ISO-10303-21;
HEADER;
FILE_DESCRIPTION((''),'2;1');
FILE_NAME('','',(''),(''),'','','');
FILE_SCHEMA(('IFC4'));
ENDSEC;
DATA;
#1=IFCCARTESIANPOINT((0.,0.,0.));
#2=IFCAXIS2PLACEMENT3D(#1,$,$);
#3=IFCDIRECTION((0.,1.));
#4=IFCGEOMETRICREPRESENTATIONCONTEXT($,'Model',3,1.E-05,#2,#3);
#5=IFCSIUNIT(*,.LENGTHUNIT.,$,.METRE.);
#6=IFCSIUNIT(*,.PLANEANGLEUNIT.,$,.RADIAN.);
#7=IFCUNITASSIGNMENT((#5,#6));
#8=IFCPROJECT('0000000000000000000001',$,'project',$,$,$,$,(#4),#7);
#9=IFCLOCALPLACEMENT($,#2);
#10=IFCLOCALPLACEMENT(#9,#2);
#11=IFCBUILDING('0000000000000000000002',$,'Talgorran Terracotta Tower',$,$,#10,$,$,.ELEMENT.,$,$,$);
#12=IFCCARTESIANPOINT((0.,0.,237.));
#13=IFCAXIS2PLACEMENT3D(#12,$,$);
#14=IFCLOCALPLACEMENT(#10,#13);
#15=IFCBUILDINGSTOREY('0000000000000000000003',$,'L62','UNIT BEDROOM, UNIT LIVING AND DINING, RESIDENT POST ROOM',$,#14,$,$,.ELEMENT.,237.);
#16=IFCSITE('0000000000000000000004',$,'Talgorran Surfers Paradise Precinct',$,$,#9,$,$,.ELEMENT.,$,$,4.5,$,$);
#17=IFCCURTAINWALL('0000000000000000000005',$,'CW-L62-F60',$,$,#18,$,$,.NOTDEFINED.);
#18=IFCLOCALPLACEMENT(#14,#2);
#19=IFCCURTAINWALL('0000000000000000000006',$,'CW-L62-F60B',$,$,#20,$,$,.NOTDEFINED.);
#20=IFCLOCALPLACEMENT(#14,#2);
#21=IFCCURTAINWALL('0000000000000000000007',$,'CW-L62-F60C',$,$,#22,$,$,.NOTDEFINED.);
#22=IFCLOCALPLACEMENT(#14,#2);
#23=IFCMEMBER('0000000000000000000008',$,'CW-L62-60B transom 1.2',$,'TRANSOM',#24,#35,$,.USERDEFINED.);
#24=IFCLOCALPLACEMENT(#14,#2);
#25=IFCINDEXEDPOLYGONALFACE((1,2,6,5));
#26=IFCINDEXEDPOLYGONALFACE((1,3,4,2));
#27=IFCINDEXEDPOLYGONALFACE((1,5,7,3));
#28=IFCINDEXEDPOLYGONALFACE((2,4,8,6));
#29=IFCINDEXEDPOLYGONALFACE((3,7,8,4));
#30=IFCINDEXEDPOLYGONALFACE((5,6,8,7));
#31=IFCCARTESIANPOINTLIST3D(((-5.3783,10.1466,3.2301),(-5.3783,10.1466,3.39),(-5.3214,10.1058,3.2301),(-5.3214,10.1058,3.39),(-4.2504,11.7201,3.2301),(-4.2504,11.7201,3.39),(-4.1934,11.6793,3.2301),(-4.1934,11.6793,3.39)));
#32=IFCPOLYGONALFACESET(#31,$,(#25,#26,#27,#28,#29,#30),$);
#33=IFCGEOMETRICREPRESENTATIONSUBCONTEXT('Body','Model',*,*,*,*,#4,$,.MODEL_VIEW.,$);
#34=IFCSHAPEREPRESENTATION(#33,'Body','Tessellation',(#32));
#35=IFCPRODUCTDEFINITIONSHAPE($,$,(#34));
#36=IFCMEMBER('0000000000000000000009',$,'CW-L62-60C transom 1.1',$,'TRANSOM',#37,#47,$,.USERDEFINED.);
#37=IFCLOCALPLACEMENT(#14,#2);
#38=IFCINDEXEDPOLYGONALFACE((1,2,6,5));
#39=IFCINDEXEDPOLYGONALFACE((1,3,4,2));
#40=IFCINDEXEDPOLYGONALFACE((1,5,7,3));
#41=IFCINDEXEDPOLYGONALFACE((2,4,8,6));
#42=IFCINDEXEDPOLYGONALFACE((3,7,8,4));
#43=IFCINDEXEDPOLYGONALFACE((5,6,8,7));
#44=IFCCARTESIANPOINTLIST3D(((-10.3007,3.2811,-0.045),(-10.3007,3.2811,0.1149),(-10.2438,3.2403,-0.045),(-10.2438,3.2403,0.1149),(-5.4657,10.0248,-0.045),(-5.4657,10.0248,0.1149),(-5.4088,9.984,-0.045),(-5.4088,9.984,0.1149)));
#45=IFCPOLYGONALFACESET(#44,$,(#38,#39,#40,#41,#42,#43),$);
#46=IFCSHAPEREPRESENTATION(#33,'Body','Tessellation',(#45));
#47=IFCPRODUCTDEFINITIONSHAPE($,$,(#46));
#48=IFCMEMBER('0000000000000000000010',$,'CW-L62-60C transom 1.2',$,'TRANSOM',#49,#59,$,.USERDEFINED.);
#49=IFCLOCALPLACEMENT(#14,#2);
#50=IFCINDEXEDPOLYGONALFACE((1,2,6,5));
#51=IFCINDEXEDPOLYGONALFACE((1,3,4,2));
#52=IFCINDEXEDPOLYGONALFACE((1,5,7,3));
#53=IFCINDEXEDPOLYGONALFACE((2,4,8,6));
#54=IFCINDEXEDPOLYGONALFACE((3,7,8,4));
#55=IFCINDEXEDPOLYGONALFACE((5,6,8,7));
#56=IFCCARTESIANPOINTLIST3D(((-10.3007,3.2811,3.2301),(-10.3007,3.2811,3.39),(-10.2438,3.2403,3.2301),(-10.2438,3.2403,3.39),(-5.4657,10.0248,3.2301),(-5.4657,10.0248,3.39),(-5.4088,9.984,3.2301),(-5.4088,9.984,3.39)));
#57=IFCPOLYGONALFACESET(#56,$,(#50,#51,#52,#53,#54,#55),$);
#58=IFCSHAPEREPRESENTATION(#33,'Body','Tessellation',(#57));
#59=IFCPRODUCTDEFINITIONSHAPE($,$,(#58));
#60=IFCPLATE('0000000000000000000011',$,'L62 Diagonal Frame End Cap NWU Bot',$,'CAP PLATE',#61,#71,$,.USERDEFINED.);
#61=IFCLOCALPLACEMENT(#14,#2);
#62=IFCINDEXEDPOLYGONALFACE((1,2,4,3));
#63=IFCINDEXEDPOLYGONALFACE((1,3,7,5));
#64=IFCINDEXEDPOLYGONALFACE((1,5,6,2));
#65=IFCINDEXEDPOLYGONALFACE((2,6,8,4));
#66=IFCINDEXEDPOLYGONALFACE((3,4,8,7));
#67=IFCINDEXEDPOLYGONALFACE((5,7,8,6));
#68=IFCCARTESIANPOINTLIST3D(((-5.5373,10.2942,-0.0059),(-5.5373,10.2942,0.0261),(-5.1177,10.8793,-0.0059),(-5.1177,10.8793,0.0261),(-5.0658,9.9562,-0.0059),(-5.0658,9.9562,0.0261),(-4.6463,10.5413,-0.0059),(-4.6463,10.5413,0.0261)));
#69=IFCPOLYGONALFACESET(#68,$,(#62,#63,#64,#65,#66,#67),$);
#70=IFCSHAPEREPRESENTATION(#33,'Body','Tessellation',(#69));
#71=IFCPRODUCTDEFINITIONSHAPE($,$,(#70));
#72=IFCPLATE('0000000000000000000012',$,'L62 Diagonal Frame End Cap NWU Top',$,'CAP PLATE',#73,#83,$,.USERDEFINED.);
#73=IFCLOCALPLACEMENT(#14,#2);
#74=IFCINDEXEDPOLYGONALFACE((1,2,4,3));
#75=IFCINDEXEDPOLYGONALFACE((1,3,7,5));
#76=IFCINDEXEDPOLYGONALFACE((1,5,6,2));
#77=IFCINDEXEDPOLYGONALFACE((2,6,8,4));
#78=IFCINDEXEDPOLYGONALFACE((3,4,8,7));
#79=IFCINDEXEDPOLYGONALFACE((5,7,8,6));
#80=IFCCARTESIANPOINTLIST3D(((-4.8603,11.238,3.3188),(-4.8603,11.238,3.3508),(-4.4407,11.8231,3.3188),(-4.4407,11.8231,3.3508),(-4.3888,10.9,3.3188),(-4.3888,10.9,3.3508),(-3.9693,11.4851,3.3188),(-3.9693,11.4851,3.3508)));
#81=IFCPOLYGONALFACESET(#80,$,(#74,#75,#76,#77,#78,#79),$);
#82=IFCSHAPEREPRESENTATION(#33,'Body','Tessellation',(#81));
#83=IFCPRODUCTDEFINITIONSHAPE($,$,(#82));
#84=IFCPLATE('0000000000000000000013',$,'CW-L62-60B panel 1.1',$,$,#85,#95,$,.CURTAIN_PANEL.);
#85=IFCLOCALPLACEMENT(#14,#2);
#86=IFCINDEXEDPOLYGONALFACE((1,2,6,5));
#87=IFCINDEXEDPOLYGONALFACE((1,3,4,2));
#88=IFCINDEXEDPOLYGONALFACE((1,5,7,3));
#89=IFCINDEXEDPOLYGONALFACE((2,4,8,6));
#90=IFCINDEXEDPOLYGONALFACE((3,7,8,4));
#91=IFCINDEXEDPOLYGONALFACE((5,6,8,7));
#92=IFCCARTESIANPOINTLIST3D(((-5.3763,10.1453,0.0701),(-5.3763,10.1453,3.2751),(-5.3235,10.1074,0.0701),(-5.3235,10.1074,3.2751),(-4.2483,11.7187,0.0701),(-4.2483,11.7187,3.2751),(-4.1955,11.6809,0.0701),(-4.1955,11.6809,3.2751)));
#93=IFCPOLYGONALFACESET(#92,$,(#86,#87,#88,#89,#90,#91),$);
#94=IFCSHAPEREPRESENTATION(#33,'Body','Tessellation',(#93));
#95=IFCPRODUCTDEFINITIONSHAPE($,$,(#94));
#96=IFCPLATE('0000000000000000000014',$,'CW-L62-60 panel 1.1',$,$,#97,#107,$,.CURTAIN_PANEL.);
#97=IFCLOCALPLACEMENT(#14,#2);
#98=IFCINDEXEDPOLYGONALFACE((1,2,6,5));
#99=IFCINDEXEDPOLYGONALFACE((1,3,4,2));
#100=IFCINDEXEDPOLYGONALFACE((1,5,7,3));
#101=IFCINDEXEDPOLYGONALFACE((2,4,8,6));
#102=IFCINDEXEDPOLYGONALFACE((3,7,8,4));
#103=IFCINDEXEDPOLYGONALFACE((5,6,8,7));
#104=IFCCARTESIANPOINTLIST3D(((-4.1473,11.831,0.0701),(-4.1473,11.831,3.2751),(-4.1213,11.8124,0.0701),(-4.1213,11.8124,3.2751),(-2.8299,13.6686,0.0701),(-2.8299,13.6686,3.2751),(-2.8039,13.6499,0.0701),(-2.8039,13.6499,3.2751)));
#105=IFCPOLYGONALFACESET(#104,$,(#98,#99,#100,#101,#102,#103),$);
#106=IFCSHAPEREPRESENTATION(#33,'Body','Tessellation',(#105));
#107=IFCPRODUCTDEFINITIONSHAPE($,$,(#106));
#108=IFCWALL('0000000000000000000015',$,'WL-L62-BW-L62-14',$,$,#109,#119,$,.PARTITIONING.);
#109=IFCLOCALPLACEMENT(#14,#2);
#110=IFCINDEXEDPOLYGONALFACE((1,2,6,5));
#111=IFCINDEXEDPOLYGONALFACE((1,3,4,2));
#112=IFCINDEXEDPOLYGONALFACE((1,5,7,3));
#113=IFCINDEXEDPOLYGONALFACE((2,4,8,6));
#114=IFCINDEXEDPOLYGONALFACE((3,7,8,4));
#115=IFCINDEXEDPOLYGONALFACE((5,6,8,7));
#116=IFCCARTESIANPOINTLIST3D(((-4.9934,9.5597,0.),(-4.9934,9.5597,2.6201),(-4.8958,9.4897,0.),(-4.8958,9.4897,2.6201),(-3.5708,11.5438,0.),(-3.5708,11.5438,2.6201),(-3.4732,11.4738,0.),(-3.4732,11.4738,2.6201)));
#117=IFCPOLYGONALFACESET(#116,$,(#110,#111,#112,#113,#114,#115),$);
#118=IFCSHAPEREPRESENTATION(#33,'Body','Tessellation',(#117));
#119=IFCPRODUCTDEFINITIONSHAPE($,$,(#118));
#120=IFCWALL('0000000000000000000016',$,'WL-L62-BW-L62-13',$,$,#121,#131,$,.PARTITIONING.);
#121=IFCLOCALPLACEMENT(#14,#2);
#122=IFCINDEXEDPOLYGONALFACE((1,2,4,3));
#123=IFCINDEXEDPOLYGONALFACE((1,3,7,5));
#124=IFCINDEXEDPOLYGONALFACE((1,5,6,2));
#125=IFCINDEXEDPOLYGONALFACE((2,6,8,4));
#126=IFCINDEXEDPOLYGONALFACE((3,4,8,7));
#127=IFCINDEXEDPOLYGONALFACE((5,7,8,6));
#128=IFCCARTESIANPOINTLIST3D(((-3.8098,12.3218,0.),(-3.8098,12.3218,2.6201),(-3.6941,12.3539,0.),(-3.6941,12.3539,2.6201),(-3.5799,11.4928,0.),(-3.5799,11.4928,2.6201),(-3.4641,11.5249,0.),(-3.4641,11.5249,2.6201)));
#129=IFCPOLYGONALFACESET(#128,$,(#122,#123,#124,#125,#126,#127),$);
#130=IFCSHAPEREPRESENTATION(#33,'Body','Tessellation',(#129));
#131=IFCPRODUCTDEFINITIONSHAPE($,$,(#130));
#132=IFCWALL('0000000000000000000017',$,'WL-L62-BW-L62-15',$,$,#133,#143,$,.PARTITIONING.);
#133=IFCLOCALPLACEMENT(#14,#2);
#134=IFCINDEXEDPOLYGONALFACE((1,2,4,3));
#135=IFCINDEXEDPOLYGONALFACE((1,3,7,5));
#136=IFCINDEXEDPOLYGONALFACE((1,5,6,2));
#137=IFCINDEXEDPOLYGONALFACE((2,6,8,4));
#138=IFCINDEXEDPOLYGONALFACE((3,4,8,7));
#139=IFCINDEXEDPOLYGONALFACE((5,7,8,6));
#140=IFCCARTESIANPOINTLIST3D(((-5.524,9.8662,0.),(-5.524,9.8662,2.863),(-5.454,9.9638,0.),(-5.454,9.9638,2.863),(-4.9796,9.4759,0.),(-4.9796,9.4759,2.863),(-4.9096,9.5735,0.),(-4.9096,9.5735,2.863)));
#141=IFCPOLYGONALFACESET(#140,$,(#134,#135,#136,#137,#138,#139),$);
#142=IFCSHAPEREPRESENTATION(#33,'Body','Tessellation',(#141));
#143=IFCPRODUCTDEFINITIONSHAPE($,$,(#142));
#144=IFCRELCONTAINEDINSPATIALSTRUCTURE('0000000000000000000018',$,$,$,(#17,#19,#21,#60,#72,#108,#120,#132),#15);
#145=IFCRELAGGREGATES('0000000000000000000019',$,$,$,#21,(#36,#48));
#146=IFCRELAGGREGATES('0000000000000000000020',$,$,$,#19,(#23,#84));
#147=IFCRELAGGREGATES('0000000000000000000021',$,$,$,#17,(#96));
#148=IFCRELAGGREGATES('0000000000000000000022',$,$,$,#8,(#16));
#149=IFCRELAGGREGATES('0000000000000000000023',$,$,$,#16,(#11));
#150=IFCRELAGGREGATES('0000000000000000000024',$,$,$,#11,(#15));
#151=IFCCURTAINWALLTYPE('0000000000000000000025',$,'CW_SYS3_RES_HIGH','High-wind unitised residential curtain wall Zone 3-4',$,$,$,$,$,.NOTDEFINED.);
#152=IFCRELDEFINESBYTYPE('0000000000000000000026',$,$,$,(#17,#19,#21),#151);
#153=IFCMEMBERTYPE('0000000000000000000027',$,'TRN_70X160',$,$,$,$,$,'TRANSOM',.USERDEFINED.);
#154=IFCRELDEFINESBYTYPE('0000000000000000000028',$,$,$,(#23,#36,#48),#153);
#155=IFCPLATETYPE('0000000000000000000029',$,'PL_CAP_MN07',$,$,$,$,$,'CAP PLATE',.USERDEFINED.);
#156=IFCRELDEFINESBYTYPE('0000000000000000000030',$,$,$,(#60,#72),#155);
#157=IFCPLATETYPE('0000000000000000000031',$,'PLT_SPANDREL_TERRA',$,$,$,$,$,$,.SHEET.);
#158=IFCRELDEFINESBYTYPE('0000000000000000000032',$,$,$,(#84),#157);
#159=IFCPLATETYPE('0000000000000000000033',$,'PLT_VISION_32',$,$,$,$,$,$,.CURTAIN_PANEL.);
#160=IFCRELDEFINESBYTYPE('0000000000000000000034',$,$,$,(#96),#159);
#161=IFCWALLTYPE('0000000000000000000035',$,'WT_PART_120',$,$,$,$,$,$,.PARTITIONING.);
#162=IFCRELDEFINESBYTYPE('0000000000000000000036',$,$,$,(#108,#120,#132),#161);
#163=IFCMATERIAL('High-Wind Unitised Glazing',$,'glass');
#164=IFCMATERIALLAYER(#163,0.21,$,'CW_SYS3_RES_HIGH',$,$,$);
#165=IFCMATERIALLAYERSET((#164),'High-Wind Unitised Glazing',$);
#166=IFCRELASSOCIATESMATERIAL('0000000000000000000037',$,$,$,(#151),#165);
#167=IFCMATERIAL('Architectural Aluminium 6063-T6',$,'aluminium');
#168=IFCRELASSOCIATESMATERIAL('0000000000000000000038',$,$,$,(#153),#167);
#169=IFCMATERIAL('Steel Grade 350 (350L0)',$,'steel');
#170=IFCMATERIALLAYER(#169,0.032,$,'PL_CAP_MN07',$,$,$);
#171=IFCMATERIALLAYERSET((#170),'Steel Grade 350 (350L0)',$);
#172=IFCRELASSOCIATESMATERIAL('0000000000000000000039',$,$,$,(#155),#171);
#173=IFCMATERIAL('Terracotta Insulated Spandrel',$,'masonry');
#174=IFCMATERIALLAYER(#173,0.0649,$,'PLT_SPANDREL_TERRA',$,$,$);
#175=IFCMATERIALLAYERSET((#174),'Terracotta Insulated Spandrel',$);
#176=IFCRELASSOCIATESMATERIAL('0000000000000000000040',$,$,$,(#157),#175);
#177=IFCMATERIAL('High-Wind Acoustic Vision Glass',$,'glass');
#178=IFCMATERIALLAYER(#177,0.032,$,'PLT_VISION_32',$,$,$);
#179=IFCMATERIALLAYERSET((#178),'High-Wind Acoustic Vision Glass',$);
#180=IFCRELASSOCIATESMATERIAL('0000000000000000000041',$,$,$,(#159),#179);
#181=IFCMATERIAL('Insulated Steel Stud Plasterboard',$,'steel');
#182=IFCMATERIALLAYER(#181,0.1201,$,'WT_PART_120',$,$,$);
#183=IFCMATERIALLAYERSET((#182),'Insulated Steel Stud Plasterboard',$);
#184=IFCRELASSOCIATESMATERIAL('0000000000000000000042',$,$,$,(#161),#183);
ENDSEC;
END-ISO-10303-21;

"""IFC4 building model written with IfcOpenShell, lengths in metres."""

from ifc_helpers import new_model, si_unit, direction, frame, frame_2d, origin, origin_2d, place, context, subcontext, project, spatial, rectangle, extrude, source, transform, mapped, material, layer, layer_set, material_profile, profile_set, type_object, type_shapes, element, aggregate, save


model = new_model("IFC4")

# Units and contexts
model_context = context("Model", 3, precision=1e-05, world=origin(), true_north=direction((0.0, 1.0)))
body_context = subcontext(model_context, "Body", "Model", "MODEL_VIEW")
ifc_project = project(units=[si_unit("LENGTHUNIT", "METRE"), si_unit("PLANEANGLEUNIT", "RADIAN")], contexts=[model_context])

# Site, building, storey
site_placement = place(None, origin())
site = spatial("IfcSite", under=ifc_project, at=site_placement, Name="Talgorran Surfers Paradise Precinct", CompositionType="ELEMENT", RefElevation=4.5)
building_placement = place(site_placement, origin())
building = spatial("IfcBuilding", under=site, at=building_placement, Name="Talgorran Terracotta Tower", CompositionType="ELEMENT")
storey_placement = place(building_placement, frame((0.0, 0.0, 237.0)))
storey = spatial("IfcBuildingStorey", under=building, at=storey_placement, Name="L62", Description="UNIT BEDROOM, UNIT LIVING AND DINING, RESIDENT POST ROOM", CompositionType="ELEMENT", Elevation=237.0)

# Shared definitions
ifc_material_1 = material(Name="Steel Grade 350 (350L0)", Category="steel")

# Shared definitions
ifc_material_2 = material(Name="High-Wind Unitised Glazing", Category="glass")
ifc_layer_1 = layer(ifc_material_2, 0.21, Name="CW_SYS3_RES_HIGH")
ifc_layer_set_1 = layer_set([ifc_layer_1], Name="High-Wind Unitised Glazing")
curtain_wall_type = type_object("IfcCurtainWallType", Name="CW_SYS3_RES_HIGH", Description="High-wind unitised residential curtain wall Zone 3-4", PredefinedType="NOTDEFINED", material=ifc_layer_set_1)
ifc_material_3 = material(Name="Architectural Aluminium 6063-T6", Category="aluminium")

# Curtain walls
curtain_wall_1_placement = place(storey_placement, origin())
curtain_wall_1 = element("IfcCurtainWall", 1, at=curtain_wall_1_placement, inside=storey, type_object=curtain_wall_type, Name="CW-L62-F60", PredefinedType="NOTDEFINED")
curtain_wall_2_placement = place(storey_placement, origin())
curtain_wall_2 = element("IfcCurtainWall", 2, at=curtain_wall_2_placement, inside=storey, type_object=curtain_wall_type, Name="CW-L62-F60B", PredefinedType="NOTDEFINED")

# Curtain wall
curtain_wall_3_placement = place(storey_placement, origin())
curtain_wall_3 = element("IfcCurtainWall", 3, at=curtain_wall_3_placement, inside=storey, type_object=curtain_wall_type, Name="CW-L62-F60C", PredefinedType="NOTDEFINED")

# Members
ifc_material_profile_1 = material_profile(ifc_material_3, rectangle(XDim=0.0701, YDim=0.1599, at=origin_2d()), Name="CWT70X160")
ifc_profile_set_1 = profile_set([ifc_material_profile_1], Name="Architectural Aluminium 6063-T6")
member_type_1 = type_object("IfcMemberType", Name="TRN_70X160", ElementType="TRANSOM", PredefinedType="USERDEFINED", material=ifc_profile_set_1)
member_1_placement = place(storey_placement, frame((-4.2219, 11.6997, 3.3101), z_axis=(-0.582609, -0.812752, 0.0), x_axis=(0.812752, -0.582609, 0.0)))
member_1 = element("IfcMember", 4, at=member_1_placement, type_object=member_type_1, Name="CW-L62-60B transom 1.2", ObjectType="TRANSOM", PredefinedType="USERDEFINED", context=body_context, shape_type="SweptSolid", body=[
    extrude(rectangle(XDim=0.0701, YDim=0.1599, at=origin_2d()), origin(), (0.0, 0.0, 1.0), 1.936),
])
member_2_placement = place(storey_placement, frame((-5.4373, 10.0044, 0.0349), z_axis=(-0.582679, -0.812702, 0.0), x_axis=(0.812702, -0.582679, 0.0)))
member_2 = element("IfcMember", 5, at=member_2_placement, type_object=member_type_1, Name="CW-L62-60C transom 1.1", ObjectType="TRANSOM", PredefinedType="USERDEFINED", context=body_context, shape_type="SweptSolid", body=[
    extrude(rectangle(XDim=0.0701, YDim=0.1599, at=origin_2d()), origin(), (0.0, 0.0, 1.0), 8.2979),
])
member_3_placement = place(storey_placement, frame((-5.4373, 10.0044, 3.3101), z_axis=(-0.582679, -0.812702, 0.0), x_axis=(0.812702, -0.582679, 0.0)))
member_3 = element("IfcMember", 6, at=member_3_placement, type_object=member_type_1, Name="CW-L62-60C transom 1.2", ObjectType="TRANSOM", PredefinedType="USERDEFINED", context=body_context, shape_type="SweptSolid", body=[
    extrude(rectangle(XDim=0.0701, YDim=0.1599, at=origin_2d()), origin(), (0.0, 0.0, 1.0), 8.2979),
])
aggregate(curtain_wall_3, [member_2, member_3])

# Plates
ifc_layer_2 = layer(ifc_material_1, 0.032, Name="PL_CAP_MN07")
ifc_layer_set_2 = layer_set([ifc_layer_2], Name="Steel Grade 350 (350L0)")
plate_type_1 = type_object("IfcPlateType", Name="PL_CAP_MN07", ElementType="CAP PLATE", PredefinedType="USERDEFINED", material=ifc_layer_set_2)
for number, where, z_axis, x_axis, name in (
    (7, (-5.0918, 10.4177, -0.0059), (0.0, 0.0, 1.0), (0.58269, 0.812694, 0.0), "L62 Diagonal Frame End Cap NWU Bot"),
    (8, (-4.4148, 11.3616, 3.3188), (0.0, 0.0, 1.0), (0.58269, 0.812694, 0.0), "L62 Diagonal Frame End Cap NWU Top"),
):
    element("IfcPlate", number, at=place(storey_placement, frame(where, z_axis=z_axis, x_axis=x_axis)), inside=storey, type_object=plate_type_1, Name=name, ObjectType="CAP PLATE", PredefinedType="USERDEFINED", context=body_context, shape_type="SweptSolid", body=[
        extrude(rectangle(XDim=0.72, YDim=0.5801, at=origin_2d()), origin(), (0.0, 0.0, 1.0), 0.032),
    ])

# Plates
ifc_material_4 = material(Name="Terracotta Insulated Spandrel", Category="masonry")
ifc_layer_3 = layer(ifc_material_4, 0.0649, Name="PLT_SPANDREL_TERRA")
ifc_layer_set_3 = layer_set([ifc_layer_3], Name="Terracotta Insulated Spandrel")
plate_type_2 = type_object("IfcPlateType", Name="PLT_SPANDREL_TERRA", PredefinedType="SHEET", material=ifc_layer_set_3)
shared_shape_1 = source(origin(), body_context, "Body", "SweptSolid", [
    extrude(rectangle(XDim=1.936, YDim=0.0649, at=origin_2d()), origin(), (0.0, 0.0, 1.0), 3.2051),
])
type_shapes(plate_type_2, [shared_shape_1])
plate_1_placement = place(storey_placement, frame((-4.7859, 10.9131, 0.0701), z_axis=(0.0, 0.0, 1.0), x_axis=(-0.582659, -0.812717, 0.0)))
plate_1 = element("IfcPlate", 9, at=plate_1_placement, type_object=plate_type_2, Name="CW-L62-60B panel 1.1", PredefinedType="CURTAIN_PANEL", context=body_context, shape_type="MappedRepresentation", body=[
    mapped(shared_shape_1, transform((0.0, 0.0, 0.0), scale=1.0)),
])
aggregate(curtain_wall_2, [member_1, plate_1])
ifc_material_5 = material(Name="High-Wind Acoustic Vision Glass", Category="glass")
ifc_layer_4 = layer(ifc_material_5, 0.032, Name="PLT_VISION_32")
ifc_layer_set_4 = layer_set([ifc_layer_4], Name="High-Wind Acoustic Vision Glass")
plate_type_3 = type_object("IfcPlateType", Name="PLT_VISION_32", PredefinedType="CURTAIN_PANEL", material=ifc_layer_set_4)
shared_shape_2 = source(origin(), body_context, "Body", "SweptSolid", [
    extrude(rectangle(XDim=2.261, YDim=0.032, at=origin_2d()), origin(), (0.0, 0.0, 1.0), 3.2051),
])
type_shapes(plate_type_3, [shared_shape_2])
plate_2_placement = place(storey_placement, frame((-3.4756, 12.7405, 0.0701), z_axis=(0.0, 0.0, 1.0), x_axis=(-0.582656, -0.812719, 0.0)))
plate_2 = element("IfcPlate", 10, at=plate_2_placement, type_object=plate_type_3, Name="CW-L62-60 panel 1.1", PredefinedType="CURTAIN_PANEL", context=body_context, shape_type="MappedRepresentation", body=[
    mapped(shared_shape_2, transform((0.0, 0.0, 0.0), scale=1.0)),
])
aggregate(curtain_wall_1, [plate_2])

# Walls
ifc_material_6 = material(Name="Insulated Steel Stud Plasterboard", Category="steel")
ifc_layer_5 = layer(ifc_material_6, 0.1201, Name="WT_PART_120")
ifc_layer_set_5 = layer_set([ifc_layer_5], Name="Insulated Steel Stud Plasterboard")
wall_type = type_object("IfcWallType", Name="WT_PART_120", PredefinedType="PARTITIONING", material=ifc_layer_set_5)
wall_1_placement = place(storey_placement, frame((-3.522, 11.5088, 0.0), z_axis=(0.0, 0.0, 1.0), x_axis=(-0.582694, -0.812692, 0.0)))
element("IfcWall", 11, at=wall_1_placement, inside=storey, type_object=wall_type, Name="WL-L62-BW-L62-14", PredefinedType="PARTITIONING", context=body_context, shape_type="SweptSolid", body=[
    extrude(rectangle(XDim=2.4414, YDim=0.1201, at=frame_2d((1.2207, 0.0))), origin(), (0.0, 0.0, 1.0), 2.6201),
])
wall_2_placement = place(storey_placement, frame((-3.752, 12.3379, 0.0), z_axis=(0.0, 0.0, 1.0), x_axis=(0.267293, -0.963615, 0.0)))
element("IfcWall", 12, at=wall_2_placement, inside=storey, type_object=wall_type, Name="WL-L62-BW-L62-13", PredefinedType="PARTITIONING", context=body_context, shape_type="SweptSolid", body=[
    extrude(rectangle(XDim=0.8604, YDim=0.1201, at=frame_2d((0.4302, 0.0))), origin(), (0.0, 0.0, 1.0), 2.6201),
])
wall_3_placement = place(storey_placement, frame((-4.9446, 9.5247, 0.0), z_axis=(0.0, 0.0, 1.0), x_axis=(-0.812673, 0.58272, 0.0)))
element("IfcWall", 13, at=wall_3_placement, inside=storey, type_object=wall_type, Name="WL-L62-BW-L62-15", PredefinedType="PARTITIONING", context=body_context, shape_type="SweptSolid", body=[
    extrude(rectangle(XDim=0.6699, YDim=0.1201, at=frame_2d((0.335, 0.0))), origin(), (0.0, 0.0, 1.0), 2.863),
])

save(model, "model.ifc")
